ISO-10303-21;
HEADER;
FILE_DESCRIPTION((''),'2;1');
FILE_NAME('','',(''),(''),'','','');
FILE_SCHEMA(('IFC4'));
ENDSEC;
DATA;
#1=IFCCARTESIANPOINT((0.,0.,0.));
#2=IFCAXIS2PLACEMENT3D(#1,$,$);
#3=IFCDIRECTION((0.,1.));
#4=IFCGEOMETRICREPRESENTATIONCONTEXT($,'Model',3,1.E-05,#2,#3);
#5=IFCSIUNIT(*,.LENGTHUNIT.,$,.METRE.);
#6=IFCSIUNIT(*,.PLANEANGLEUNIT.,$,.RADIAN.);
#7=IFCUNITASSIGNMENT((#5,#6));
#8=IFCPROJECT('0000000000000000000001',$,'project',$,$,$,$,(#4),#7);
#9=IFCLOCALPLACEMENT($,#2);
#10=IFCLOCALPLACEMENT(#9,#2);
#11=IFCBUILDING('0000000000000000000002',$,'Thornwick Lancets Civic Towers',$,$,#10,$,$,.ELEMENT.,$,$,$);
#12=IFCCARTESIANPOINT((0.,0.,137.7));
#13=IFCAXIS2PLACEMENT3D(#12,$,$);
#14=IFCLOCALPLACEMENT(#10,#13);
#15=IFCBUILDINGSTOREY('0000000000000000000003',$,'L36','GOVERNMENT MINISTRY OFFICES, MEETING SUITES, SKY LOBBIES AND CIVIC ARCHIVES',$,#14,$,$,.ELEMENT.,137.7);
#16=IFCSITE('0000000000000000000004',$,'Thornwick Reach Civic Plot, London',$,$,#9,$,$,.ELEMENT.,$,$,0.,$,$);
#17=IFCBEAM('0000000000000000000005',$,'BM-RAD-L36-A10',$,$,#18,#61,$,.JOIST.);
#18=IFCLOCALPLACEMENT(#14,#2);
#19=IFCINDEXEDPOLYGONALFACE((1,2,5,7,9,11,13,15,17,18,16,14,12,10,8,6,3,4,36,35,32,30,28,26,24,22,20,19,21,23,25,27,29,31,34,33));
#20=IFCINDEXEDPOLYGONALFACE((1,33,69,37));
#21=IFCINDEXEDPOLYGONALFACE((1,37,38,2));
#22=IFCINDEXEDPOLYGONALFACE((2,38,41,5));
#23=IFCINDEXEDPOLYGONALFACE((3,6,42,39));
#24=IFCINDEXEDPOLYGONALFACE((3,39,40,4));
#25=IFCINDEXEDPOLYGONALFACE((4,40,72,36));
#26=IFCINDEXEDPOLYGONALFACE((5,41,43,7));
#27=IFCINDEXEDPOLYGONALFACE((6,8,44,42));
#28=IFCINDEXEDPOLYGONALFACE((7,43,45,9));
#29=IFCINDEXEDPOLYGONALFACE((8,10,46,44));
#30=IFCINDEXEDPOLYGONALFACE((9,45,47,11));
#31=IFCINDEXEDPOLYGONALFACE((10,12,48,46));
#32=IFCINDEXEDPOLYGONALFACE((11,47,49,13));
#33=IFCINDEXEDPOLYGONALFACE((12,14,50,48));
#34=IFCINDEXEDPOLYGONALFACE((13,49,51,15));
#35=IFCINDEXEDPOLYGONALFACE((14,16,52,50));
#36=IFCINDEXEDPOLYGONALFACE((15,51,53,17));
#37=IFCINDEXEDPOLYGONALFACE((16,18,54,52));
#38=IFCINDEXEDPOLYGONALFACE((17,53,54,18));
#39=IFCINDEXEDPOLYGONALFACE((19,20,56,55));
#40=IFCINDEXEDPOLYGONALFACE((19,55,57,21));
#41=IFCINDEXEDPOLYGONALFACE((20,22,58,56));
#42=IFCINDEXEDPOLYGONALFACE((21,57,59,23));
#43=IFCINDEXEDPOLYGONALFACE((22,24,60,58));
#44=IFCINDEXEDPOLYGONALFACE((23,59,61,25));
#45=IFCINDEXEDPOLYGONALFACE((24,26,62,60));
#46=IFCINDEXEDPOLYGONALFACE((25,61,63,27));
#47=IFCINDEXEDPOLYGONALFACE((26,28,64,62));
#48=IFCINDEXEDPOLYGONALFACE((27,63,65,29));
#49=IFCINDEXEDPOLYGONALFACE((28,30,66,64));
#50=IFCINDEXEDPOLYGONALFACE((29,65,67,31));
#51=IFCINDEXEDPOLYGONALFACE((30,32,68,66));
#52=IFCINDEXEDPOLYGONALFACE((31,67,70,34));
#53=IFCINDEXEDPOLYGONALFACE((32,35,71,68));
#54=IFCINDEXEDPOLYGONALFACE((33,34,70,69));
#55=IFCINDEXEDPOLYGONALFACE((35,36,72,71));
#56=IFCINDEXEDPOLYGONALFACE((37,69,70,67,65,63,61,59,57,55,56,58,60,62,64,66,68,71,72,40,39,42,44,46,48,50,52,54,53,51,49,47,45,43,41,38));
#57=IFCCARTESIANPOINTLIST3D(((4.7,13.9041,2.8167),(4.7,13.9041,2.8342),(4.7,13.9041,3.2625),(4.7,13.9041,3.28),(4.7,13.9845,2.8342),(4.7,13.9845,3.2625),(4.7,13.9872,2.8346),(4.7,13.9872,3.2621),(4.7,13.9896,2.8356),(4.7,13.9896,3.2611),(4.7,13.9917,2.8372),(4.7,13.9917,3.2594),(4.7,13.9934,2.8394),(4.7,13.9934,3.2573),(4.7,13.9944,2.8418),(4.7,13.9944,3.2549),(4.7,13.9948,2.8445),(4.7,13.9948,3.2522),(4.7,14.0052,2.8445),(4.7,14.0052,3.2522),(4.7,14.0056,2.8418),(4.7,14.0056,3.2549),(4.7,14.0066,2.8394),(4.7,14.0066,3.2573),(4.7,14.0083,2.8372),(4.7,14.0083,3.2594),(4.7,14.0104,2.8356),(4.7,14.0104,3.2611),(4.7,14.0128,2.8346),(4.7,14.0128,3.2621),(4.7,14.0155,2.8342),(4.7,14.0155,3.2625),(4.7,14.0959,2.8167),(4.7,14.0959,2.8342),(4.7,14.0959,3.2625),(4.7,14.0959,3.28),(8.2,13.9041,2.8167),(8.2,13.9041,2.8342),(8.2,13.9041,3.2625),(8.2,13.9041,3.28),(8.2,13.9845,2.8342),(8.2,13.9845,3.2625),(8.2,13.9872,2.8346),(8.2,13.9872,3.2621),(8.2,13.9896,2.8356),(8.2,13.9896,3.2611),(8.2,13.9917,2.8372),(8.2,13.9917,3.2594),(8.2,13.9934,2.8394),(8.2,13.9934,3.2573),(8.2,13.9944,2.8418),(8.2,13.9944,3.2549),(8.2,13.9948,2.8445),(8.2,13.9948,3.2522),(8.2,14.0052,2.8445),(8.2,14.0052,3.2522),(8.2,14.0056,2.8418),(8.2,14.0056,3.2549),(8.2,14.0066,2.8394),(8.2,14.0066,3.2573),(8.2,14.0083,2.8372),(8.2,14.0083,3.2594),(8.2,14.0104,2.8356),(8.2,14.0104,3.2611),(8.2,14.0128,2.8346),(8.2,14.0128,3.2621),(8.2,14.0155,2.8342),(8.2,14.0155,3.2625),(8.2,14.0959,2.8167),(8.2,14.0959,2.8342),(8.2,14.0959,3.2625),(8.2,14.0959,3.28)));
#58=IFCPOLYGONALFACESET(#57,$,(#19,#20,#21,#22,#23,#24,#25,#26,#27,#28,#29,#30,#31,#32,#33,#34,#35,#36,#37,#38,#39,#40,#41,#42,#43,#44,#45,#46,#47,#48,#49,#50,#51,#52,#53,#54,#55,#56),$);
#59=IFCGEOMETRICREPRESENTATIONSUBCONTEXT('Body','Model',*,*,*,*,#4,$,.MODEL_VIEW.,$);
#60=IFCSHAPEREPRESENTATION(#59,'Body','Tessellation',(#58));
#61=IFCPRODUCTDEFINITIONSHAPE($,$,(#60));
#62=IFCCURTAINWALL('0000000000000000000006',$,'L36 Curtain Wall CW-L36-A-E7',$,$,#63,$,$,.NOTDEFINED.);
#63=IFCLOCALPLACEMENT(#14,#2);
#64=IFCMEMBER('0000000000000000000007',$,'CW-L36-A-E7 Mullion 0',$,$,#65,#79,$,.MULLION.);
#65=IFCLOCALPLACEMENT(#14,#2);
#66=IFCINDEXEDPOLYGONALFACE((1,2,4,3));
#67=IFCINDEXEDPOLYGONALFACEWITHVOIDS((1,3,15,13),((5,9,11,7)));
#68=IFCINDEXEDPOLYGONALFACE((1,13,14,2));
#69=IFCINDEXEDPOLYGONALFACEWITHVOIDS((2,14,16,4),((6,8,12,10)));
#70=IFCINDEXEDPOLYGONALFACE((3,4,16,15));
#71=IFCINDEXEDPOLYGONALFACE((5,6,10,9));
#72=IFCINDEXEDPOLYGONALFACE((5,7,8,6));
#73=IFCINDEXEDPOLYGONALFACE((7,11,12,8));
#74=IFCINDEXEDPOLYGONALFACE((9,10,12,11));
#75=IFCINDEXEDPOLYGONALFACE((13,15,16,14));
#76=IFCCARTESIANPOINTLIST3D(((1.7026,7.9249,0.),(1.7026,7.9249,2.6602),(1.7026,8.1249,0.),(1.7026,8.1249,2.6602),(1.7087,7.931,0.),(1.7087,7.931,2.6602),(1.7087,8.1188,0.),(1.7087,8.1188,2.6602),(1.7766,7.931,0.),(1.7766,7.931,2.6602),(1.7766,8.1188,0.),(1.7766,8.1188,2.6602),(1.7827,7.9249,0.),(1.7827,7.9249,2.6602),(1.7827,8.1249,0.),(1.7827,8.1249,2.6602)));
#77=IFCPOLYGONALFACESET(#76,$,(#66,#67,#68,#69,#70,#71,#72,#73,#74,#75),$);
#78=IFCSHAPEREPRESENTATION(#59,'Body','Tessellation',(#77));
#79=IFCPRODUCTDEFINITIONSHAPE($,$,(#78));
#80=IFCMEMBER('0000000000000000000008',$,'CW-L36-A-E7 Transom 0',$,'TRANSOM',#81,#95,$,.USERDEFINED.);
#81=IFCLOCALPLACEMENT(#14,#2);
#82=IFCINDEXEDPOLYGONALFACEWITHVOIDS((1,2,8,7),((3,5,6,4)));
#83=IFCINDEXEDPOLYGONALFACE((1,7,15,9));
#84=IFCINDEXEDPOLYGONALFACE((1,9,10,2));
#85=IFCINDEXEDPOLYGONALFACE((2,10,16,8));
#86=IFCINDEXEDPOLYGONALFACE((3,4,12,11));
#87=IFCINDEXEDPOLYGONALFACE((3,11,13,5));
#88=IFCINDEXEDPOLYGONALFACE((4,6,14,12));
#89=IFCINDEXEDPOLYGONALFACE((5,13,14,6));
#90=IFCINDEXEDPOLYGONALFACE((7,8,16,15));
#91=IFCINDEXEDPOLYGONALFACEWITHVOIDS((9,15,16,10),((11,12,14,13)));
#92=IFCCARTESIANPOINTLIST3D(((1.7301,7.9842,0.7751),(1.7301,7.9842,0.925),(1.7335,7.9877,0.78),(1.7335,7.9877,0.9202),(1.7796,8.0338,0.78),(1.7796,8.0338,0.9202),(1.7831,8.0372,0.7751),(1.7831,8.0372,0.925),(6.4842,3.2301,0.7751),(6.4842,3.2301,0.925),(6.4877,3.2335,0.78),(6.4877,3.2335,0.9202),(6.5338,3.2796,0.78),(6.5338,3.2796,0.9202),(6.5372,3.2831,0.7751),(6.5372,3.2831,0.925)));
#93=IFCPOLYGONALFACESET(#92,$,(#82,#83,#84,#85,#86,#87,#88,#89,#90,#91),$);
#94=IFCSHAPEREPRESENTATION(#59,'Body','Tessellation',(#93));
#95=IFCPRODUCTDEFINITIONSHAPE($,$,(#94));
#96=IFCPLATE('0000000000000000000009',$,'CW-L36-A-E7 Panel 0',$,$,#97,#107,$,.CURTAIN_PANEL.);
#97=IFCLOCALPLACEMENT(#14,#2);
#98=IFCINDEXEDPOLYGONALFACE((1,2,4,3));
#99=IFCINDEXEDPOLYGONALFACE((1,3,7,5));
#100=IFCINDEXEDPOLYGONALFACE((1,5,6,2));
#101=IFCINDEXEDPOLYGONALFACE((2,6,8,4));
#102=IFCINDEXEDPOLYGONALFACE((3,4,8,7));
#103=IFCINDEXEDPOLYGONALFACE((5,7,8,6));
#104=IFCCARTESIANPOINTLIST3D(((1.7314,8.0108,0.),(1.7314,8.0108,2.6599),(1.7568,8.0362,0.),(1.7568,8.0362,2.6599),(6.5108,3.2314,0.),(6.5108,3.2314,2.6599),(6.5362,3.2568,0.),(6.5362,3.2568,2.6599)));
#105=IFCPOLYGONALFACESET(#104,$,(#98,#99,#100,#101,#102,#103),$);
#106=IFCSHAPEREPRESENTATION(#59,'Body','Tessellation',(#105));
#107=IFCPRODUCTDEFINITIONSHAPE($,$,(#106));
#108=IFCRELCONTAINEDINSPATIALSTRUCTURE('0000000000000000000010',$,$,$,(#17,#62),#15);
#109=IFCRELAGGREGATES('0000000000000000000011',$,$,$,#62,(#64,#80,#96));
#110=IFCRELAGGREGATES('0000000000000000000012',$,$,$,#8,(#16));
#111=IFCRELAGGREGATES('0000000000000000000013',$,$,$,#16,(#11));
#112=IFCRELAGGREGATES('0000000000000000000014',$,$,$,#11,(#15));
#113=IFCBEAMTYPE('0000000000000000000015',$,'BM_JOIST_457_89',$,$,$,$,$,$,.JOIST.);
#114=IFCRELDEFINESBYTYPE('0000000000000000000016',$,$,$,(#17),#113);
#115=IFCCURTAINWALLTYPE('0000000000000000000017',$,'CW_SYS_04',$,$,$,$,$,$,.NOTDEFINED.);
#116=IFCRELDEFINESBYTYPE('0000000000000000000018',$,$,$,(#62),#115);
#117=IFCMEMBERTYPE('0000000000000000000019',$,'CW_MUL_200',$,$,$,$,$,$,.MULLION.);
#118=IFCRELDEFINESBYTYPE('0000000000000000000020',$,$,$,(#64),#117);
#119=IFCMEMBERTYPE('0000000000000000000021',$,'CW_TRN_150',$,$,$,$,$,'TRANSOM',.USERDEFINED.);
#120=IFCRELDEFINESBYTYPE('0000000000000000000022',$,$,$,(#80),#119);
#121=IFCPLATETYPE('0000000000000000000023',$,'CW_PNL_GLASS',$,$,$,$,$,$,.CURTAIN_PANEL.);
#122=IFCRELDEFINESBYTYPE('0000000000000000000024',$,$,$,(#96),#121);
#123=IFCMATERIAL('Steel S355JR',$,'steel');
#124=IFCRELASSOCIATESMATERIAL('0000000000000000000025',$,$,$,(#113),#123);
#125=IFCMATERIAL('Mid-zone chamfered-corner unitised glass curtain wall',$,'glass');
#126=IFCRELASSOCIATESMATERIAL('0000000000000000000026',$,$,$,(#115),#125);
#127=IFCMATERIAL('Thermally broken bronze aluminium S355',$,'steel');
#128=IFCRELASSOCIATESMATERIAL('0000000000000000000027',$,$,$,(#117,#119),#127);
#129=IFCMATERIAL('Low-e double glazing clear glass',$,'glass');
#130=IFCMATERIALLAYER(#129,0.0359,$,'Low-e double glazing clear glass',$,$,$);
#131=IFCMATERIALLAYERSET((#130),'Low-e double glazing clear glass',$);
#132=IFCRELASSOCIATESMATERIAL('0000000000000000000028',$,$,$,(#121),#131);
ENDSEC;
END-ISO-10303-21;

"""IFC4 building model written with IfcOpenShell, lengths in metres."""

from ifc_helpers import new_model, si_unit, direction, frame, origin, origin_2d, place, context, subcontext, project, spatial, rectangle, hollow_rectangle, i_section, extrude, material, layer, layer_set, material_profile, profile_set, type_object, element, aggregate, save


model = new_model("IFC4")

# Units and contexts
model_context = context("Model", 3, precision=1e-05, world=origin(), true_north=direction((0.0, 1.0)))
body_context = subcontext(model_context, "Body", "Model", "MODEL_VIEW")
ifc_project = project(units=[si_unit("LENGTHUNIT", "METRE"), si_unit("PLANEANGLEUNIT", "RADIAN")], contexts=[model_context])

# Site, building, storey
site_placement = place(None, origin())
site = spatial("IfcSite", under=ifc_project, at=site_placement, Name="Thornwick Reach Civic Plot, London", CompositionType="ELEMENT", RefElevation=0.0)
building_placement = place(site_placement, origin())
building = spatial("IfcBuilding", under=site, at=building_placement, Name="Thornwick Lancets Civic Towers", CompositionType="ELEMENT")
storey_placement = place(building_placement, frame((0.0, 0.0, 137.7)))
storey = spatial("IfcBuildingStorey", under=building, at=storey_placement, Name="L36", Description="GOVERNMENT MINISTRY OFFICES, MEETING SUITES, SKY LOBBIES AND CIVIC ARCHIVES", CompositionType="ELEMENT", Elevation=137.7)

# Beam
ifc_material_1 = material(Name="Steel S355JR", Category="steel")
ifc_material_profile_1 = material_profile(ifc_material_1, i_section(OverallWidth=0.1919, OverallDepth=0.4634, WebThickness=0.0105, FlangeThickness=0.0176, FilletRadius=0.0103, at=origin_2d()), Name="UKB 457x191x89")
ifc_profile_set_1 = profile_set([ifc_material_profile_1], Name="Steel S355JR")
beam_type_1 = type_object("IfcBeamType", Name="BM_JOIST_457_89", PredefinedType="JOIST", material=ifc_profile_set_1)
for number, where, z_axis, x_axis, name in (
    (1, (8.2, 14.0, 3.0483), (-1.0, 0.0, 0.0), (0.0, -1.0, 0.0), "BM-RAD-L36-A10"),
):
    element("IfcBeam", number, at=place(storey_placement, frame(where, z_axis=z_axis, x_axis=x_axis)), inside=storey, type_object=beam_type_1, Name=name, PredefinedType="JOIST", context=body_context, shape_type="SweptSolid", body=[
        extrude(i_section(OverallWidth=0.1919, OverallDepth=0.4634, WebThickness=0.0105, FlangeThickness=0.0176, FilletRadius=0.0103, at=origin_2d()), origin(), (0.0, 0.0, 1.0), 3.5),
    ])

# Curtain wall, members, plate
ifc_material_2 = material(Name="Mid-zone chamfered-corner unitised glass curtain wall", Category="glass")
curtain_wall_type = type_object("IfcCurtainWallType", Name="CW_SYS_04", PredefinedType="NOTDEFINED", material=ifc_material_2)
curtain_wall_placement = place(storey_placement, origin())
curtain_wall = element("IfcCurtainWall", 2, at=curtain_wall_placement, inside=storey, type_object=curtain_wall_type, Name="L36 Curtain Wall CW-L36-A-E7", PredefinedType="NOTDEFINED")
ifc_material_3 = material(Name="Thermally broken bronze aluminium S355", Category="steel")
ifc_material_profile_2 = material_profile(ifc_material_3, hollow_rectangle(XDim=0.0801, YDim=0.2, WallThickness=0.0061, at=origin_2d()), Name="RHS 200x80x6")
ifc_profile_set_2 = profile_set([ifc_material_profile_2], Name="Thermally broken bronze aluminium S355")
member_type_1 = type_object("IfcMemberType", Name="CW_MUL_200", PredefinedType="MULLION", material=ifc_profile_set_2)
member_1_placement = place(storey_placement, frame((1.7427, 8.0249, 0.0), z_axis=(0.0, 0.0, 1.0), x_axis=(1.0, 0.0, 0.0)))
member_1 = element("IfcMember", 3, at=member_1_placement, type_object=member_type_1, Name="CW-L36-A-E7 Mullion 0", PredefinedType="MULLION", context=body_context, shape_type="SweptSolid", body=[
    extrude(hollow_rectangle(XDim=0.0801, YDim=0.2, WallThickness=0.0061, at=origin_2d()), origin(), (0.0, 0.0, 1.0), 2.6602),
])
ifc_material_profile_3 = material_profile(ifc_material_3, hollow_rectangle(XDim=0.075, YDim=0.1499, WallThickness=0.0049, at=origin_2d()), Name="RHS 150x75x5")
ifc_profile_set_3 = profile_set([ifc_material_profile_3], Name="Thermally broken bronze aluminium S355")
member_type_2 = type_object("IfcMemberType", Name="CW_TRN_150", ElementType="TRANSOM", PredefinedType="USERDEFINED", material=ifc_profile_set_3)
member_2_placement = place(storey_placement, frame((1.7566, 8.0107, 0.8501), z_axis=(0.707107, -0.707107, 0.0), x_axis=(0.707107, 0.707107, 0.0)))
member_2 = element("IfcMember", 4, at=member_2_placement, type_object=member_type_2, Name="CW-L36-A-E7 Transom 0", ObjectType="TRANSOM", PredefinedType="USERDEFINED", context=body_context, shape_type="SweptSolid", body=[
    extrude(hollow_rectangle(XDim=0.075, YDim=0.1499, WallThickness=0.0049, at=origin_2d()), origin(), (0.0, 0.0, 1.0), 6.7234),
])
ifc_material_4 = material(Name="Low-e double glazing clear glass", Category="glass")
ifc_layer = layer(ifc_material_4, 0.0359, Name="Low-e double glazing clear glass")
ifc_layer_set = layer_set([ifc_layer], Name="Low-e double glazing clear glass")
plate_type = type_object("IfcPlateType", Name="CW_PNL_GLASS", PredefinedType="CURTAIN_PANEL", material=ifc_layer_set)
plate_placement = place(storey_placement, frame((4.1338, 5.6338, 0.0), z_axis=(0.0, 0.0, 1.0), x_axis=(0.707107, -0.707107, 0.0)))
plate = element("IfcPlate", 5, at=plate_placement, type_object=plate_type, Name="CW-L36-A-E7 Panel 0", PredefinedType="CURTAIN_PANEL", context=body_context, shape_type="SweptSolid", body=[
    extrude(rectangle(XDim=6.759, YDim=0.0359, at=origin_2d()), origin(), (0.0, 0.0, 1.0), 2.6599),
])
aggregate(curtain_wall, [member_1, member_2, plate])

save(model, "model.ifc")
